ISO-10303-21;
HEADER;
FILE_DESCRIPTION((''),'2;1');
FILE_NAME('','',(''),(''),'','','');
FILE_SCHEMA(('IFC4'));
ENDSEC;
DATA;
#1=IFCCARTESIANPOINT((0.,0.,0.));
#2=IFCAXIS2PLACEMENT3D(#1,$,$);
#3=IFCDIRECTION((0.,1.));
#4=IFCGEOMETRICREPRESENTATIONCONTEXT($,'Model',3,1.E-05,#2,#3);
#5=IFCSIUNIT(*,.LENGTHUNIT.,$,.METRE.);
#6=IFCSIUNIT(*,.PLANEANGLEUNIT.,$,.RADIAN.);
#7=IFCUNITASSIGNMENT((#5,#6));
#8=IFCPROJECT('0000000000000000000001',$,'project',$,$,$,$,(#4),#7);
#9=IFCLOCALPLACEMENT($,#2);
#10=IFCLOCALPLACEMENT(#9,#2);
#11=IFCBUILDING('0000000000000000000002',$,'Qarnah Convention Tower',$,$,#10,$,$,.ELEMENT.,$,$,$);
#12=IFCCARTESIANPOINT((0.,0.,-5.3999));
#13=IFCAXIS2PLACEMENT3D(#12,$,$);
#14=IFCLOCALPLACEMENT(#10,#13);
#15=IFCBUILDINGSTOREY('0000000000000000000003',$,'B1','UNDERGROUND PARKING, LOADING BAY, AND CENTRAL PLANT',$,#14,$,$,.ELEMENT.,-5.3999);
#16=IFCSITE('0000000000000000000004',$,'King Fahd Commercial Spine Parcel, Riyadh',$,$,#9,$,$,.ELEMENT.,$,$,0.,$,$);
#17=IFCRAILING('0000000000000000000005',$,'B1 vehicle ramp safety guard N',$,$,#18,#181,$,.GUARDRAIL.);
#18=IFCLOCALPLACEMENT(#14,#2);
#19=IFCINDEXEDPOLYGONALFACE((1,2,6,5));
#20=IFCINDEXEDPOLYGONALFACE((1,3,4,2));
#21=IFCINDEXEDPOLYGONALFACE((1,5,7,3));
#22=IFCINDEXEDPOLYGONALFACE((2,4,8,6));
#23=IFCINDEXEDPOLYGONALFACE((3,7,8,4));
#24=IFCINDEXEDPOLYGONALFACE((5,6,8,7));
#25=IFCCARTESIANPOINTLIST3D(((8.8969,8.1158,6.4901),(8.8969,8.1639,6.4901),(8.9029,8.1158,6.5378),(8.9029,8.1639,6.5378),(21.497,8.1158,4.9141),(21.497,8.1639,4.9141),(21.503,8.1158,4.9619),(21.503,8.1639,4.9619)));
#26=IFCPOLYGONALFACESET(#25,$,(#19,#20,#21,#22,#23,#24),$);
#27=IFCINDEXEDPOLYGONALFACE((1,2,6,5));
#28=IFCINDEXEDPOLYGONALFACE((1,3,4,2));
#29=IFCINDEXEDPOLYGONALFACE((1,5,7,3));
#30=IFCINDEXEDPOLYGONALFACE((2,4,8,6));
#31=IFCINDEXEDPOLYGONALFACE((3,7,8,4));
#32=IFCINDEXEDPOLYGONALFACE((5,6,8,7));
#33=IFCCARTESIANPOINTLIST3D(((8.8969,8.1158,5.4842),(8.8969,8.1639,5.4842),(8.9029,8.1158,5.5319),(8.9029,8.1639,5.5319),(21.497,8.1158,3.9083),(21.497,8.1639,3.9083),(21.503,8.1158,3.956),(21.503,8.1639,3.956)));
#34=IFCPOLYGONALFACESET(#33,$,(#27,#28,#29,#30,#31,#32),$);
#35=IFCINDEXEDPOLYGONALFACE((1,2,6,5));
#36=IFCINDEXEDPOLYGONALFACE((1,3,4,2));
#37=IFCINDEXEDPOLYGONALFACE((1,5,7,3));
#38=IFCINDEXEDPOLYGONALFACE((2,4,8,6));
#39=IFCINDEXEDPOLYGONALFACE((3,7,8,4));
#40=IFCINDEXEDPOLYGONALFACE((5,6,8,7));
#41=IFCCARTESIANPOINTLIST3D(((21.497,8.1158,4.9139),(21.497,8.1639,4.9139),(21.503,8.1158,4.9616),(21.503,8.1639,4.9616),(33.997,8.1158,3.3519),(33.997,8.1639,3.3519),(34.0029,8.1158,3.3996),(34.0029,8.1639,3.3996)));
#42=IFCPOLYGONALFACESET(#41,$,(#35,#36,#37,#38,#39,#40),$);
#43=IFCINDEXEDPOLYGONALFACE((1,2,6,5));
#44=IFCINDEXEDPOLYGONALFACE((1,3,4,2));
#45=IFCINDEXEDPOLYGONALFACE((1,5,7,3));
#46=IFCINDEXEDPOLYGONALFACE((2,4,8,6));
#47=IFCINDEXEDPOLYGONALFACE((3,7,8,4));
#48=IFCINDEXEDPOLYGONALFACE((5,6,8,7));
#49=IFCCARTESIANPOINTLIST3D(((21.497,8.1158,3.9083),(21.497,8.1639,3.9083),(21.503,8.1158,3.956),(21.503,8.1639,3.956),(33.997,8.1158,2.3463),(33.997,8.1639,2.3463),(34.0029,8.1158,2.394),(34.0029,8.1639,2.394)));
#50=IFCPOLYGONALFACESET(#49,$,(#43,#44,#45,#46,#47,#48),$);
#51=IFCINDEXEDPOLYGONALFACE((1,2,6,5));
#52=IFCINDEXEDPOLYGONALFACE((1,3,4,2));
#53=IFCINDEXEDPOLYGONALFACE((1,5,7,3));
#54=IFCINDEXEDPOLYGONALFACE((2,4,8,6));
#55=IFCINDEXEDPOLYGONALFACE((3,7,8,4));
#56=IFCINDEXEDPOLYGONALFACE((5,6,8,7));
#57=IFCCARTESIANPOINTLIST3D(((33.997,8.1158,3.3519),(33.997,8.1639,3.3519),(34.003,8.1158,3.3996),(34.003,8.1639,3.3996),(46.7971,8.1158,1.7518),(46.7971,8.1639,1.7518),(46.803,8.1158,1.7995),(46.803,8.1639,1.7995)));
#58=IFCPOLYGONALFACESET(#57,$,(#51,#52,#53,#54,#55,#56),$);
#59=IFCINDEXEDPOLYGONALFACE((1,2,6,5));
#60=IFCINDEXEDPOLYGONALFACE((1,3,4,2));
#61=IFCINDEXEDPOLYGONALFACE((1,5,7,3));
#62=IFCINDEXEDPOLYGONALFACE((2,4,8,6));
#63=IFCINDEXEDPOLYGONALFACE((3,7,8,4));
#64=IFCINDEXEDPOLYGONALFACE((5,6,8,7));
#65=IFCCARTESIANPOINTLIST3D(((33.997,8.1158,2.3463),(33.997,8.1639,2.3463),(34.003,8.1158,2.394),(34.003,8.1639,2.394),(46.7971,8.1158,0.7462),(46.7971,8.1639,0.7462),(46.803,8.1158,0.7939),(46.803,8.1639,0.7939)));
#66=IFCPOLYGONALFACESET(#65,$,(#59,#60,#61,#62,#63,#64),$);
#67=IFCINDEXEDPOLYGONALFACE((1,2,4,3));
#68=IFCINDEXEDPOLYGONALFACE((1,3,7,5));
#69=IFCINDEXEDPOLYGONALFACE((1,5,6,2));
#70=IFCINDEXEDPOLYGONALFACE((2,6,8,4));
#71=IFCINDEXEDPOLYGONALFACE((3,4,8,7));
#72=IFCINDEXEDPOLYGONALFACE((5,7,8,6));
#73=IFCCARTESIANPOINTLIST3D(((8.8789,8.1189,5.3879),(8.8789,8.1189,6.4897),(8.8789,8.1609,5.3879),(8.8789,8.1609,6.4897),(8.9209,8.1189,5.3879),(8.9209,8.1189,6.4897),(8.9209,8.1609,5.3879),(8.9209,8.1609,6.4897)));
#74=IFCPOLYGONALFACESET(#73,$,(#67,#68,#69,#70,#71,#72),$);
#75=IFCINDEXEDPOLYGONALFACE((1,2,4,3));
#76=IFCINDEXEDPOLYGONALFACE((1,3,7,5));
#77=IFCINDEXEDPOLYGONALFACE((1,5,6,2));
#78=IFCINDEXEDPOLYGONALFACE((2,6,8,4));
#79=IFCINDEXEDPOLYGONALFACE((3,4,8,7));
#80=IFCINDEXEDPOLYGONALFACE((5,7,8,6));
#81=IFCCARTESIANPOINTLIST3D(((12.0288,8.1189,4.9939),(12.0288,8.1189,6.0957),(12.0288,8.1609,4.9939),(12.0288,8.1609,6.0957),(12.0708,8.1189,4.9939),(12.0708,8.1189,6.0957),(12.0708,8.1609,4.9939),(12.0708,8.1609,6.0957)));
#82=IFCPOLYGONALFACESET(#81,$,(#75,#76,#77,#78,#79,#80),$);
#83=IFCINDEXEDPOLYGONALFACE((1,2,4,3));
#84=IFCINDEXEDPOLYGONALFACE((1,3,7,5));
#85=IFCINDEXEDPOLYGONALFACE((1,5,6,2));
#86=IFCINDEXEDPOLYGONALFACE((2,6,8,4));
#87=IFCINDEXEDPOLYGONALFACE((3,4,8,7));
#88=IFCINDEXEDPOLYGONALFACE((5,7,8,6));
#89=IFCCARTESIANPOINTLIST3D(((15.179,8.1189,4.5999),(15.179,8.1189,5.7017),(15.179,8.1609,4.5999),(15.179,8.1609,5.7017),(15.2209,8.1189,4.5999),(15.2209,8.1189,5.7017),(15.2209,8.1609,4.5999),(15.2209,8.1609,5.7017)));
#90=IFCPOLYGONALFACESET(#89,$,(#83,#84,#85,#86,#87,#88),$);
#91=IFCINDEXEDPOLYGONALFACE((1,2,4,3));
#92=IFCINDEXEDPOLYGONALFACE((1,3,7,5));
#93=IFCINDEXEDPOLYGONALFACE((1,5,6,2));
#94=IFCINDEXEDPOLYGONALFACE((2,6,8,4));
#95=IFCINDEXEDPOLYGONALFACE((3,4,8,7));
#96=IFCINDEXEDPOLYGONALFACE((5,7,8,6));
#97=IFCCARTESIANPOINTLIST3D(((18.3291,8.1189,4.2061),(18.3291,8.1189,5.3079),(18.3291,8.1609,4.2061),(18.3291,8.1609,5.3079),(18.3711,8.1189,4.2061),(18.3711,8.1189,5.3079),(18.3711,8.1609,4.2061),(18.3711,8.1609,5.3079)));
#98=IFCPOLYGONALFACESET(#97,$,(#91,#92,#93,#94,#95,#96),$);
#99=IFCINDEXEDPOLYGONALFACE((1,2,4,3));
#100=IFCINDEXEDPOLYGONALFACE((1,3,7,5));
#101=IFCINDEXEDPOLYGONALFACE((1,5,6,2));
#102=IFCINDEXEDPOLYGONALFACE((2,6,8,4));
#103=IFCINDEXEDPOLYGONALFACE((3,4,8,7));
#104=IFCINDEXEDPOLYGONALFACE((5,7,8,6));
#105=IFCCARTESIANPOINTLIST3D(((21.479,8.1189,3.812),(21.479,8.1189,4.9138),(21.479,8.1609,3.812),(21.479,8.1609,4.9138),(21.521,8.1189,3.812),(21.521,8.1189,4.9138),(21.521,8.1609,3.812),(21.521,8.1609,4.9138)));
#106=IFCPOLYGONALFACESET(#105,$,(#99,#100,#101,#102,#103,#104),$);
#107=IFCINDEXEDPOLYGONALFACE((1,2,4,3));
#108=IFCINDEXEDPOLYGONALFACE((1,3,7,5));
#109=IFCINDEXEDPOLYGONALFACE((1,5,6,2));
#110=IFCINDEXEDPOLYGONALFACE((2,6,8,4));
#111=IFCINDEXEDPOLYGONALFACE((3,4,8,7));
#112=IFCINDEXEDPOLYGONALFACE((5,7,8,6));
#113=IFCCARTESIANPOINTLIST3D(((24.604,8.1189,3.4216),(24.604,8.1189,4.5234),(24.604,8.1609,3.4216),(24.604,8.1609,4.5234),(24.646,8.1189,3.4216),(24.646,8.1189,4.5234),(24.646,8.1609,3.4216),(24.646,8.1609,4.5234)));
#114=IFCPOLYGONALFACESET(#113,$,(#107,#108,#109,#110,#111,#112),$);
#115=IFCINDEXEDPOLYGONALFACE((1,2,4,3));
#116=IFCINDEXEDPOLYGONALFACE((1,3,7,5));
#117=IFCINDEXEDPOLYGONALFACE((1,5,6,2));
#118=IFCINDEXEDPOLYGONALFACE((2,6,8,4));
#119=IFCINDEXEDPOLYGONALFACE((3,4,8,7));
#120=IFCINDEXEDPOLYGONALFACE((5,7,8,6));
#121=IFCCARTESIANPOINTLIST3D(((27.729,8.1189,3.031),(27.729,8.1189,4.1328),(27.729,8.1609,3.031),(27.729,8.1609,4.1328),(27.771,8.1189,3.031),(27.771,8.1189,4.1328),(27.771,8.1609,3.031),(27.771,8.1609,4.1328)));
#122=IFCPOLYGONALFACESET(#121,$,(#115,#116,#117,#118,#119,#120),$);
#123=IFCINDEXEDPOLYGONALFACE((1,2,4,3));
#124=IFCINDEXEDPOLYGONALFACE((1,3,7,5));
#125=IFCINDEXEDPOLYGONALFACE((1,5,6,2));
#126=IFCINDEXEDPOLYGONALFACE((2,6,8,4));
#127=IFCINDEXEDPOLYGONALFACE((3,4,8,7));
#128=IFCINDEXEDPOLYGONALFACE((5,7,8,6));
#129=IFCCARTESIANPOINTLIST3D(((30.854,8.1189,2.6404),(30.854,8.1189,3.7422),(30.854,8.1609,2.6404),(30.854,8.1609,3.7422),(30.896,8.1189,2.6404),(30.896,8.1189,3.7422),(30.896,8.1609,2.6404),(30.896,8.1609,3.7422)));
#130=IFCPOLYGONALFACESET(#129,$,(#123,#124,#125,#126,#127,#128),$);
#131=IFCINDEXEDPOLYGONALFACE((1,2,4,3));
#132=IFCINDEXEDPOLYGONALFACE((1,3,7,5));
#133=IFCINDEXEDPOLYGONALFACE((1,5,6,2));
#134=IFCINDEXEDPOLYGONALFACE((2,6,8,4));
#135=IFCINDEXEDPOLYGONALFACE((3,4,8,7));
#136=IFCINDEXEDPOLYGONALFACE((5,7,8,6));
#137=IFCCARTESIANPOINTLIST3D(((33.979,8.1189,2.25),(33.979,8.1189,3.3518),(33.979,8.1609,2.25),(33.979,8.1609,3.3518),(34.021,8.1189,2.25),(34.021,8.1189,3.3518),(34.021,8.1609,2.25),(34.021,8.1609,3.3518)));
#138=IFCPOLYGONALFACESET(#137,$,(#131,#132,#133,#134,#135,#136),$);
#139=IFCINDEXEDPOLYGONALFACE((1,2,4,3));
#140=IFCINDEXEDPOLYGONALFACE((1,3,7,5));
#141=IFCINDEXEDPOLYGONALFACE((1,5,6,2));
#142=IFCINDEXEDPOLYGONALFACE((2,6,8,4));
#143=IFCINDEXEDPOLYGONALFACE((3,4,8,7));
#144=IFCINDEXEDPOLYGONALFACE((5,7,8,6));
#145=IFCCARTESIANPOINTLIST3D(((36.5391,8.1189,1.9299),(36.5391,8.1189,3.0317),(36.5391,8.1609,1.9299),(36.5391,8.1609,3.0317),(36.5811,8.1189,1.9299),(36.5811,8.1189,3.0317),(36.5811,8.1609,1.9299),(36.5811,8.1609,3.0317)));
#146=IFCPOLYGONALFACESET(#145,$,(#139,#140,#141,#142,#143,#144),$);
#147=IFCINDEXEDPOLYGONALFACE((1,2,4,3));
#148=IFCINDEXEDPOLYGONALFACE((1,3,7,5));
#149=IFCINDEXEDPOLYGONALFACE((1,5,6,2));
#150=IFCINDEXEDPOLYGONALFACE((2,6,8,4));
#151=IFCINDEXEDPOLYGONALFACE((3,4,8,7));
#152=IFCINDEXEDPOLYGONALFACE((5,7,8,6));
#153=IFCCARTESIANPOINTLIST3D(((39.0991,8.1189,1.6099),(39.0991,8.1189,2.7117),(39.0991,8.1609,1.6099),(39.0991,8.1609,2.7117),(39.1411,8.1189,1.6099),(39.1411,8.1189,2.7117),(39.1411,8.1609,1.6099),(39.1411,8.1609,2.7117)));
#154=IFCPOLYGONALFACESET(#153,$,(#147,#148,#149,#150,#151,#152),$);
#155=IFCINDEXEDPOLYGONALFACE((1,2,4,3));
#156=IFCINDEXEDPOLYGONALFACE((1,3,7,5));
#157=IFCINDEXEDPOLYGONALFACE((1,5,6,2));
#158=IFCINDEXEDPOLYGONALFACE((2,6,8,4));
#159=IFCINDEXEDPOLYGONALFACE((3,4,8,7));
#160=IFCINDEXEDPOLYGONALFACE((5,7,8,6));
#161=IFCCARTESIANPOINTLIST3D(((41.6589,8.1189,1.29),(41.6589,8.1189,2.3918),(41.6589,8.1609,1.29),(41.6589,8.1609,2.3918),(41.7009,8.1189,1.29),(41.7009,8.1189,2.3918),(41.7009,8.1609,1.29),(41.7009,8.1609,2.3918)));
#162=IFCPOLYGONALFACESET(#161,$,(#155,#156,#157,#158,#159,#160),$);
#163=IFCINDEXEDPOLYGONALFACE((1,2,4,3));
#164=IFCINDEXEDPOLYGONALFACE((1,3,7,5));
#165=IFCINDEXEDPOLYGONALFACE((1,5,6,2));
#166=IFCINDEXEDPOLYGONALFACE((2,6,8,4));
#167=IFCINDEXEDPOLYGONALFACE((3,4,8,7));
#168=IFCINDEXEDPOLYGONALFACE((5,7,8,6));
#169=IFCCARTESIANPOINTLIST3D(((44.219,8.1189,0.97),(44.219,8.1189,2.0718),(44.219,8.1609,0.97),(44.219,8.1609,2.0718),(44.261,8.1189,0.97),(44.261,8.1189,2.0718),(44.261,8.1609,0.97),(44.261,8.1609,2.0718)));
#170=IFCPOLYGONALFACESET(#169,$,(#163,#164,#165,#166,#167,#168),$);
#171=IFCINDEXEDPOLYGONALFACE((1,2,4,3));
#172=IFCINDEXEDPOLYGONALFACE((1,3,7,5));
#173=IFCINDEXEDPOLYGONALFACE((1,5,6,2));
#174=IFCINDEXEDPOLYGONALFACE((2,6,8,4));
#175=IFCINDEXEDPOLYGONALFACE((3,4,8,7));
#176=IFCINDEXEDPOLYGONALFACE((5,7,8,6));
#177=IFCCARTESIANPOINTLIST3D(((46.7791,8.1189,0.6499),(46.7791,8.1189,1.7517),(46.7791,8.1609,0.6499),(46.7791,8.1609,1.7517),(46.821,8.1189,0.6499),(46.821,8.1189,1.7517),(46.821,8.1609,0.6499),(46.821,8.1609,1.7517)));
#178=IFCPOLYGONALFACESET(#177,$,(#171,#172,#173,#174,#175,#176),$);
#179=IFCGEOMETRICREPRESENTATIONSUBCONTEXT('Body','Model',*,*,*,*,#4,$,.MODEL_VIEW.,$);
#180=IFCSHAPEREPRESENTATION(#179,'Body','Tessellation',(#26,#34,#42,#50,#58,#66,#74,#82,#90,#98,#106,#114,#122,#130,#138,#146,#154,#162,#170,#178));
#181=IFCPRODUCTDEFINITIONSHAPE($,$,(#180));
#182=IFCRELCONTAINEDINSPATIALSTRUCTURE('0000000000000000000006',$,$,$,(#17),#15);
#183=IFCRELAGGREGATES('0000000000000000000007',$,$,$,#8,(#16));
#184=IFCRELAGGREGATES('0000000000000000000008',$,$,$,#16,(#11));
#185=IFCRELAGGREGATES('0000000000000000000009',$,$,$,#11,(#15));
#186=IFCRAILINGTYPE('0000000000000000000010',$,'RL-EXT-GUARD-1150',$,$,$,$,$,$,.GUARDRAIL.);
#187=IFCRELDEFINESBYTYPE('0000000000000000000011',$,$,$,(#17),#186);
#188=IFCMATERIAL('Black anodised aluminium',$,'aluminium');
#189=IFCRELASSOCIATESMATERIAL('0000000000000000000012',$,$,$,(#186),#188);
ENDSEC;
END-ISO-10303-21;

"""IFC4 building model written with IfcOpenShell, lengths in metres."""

from ifc_helpers import new_model, si_unit, direction, frame, origin, origin_2d, place, context, subcontext, project, spatial, rectangle, extrude, material, type_object, element, save


model = new_model("IFC4")

# Units and contexts
model_context = context("Model", 3, precision=1e-05, world=origin(), true_north=direction((0.0, 1.0)))
body_context = subcontext(model_context, "Body", "Model", "MODEL_VIEW")
ifc_project = project(units=[si_unit("LENGTHUNIT", "METRE"), si_unit("PLANEANGLEUNIT", "RADIAN")], contexts=[model_context])

# Site, building, storey
site_placement = place(None, origin())
site = spatial("IfcSite", under=ifc_project, at=site_placement, Name="King Fahd Commercial Spine Parcel, Riyadh", CompositionType="ELEMENT", RefElevation=0.0)
building_placement = place(site_placement, origin())
building = spatial("IfcBuilding", under=site, at=building_placement, Name="Qarnah Convention Tower", CompositionType="ELEMENT")
storey_placement = place(building_placement, frame((0.0, 0.0, -5.3999)))
storey = spatial("IfcBuildingStorey", under=building, at=storey_placement, Name="B1", Description="UNDERGROUND PARKING, LOADING BAY, AND CENTRAL PLANT", CompositionType="ELEMENT", Elevation=-5.3999)

# Railing
ifc_material_1 = material(Name="Black anodised aluminium", Category="aluminium")
railing_type = type_object("IfcRailingType", Name="RL-EXT-GUARD-1150", PredefinedType="GUARDRAIL", material=ifc_material_1)
railing_1_placement = place(storey_placement, frame((8.8999, 8.1399, 5.3879)))
element("IfcRailing", 1, at=railing_1_placement, inside=storey, type_object=railing_type, Name="B1 vehicle ramp safety guard N", PredefinedType="GUARDRAIL", context=body_context, shape_type="SweptSolid", body=[
    extrude(rectangle(XDim=0.0481, YDim=0.0481, at=origin_2d()), frame((0.0, 0.0, 1.126), z_axis=(0.992269, 0.0, -0.124106), x_axis=(0.0, 1.0, 0.0)), (0.0, 0.0, 1.0), 12.6982),
    extrude(rectangle(XDim=0.0481, YDim=0.0481, at=origin_2d()), frame((0.0, 0.0, 0.1201), z_axis=(0.992269, 0.0, -0.124106), x_axis=(0.0, 1.0, 0.0)), (0.0, 0.0, 1.0), 12.6982),
    extrude(rectangle(XDim=0.0481, YDim=0.0481, at=origin_2d()), frame((12.6001, 0.0, -0.4502), z_axis=(0.992283, 0.0, -0.123997), x_axis=(0.0, 1.0, 0.0)), (0.0, 0.0, 1.0), 12.5972),
    extrude(rectangle(XDim=0.0481, YDim=0.0481, at=origin_2d()), frame((12.6001, 0.0, -1.4558), z_axis=(0.992283, 0.0, -0.123997), x_axis=(0.0, 1.0, 0.0)), (0.0, 0.0, 1.0), 12.5972),
    extrude(rectangle(XDim=0.0481, YDim=0.0481, at=origin_2d()), frame((25.1001, 0.0, -2.0122), z_axis=(0.992277, 0.0, -0.124042), x_axis=(0.0, 1.0, 0.0)), (0.0, 0.0, 1.0), 12.8997),
    extrude(rectangle(XDim=0.0481, YDim=0.0481, at=origin_2d()), frame((25.1001, 0.0, -3.0178), z_axis=(0.992277, 0.0, -0.124042), x_axis=(0.0, 1.0, 0.0)), (0.0, 0.0, 1.0), 12.8997),
    extrude(rectangle(XDim=0.042, YDim=0.042, at=origin_2d()), origin(), (0.0, 0.0, 1.0), 1.1018),
    extrude(rectangle(XDim=0.042, YDim=0.042, at=origin_2d()), frame((3.1499, 0.0, -0.394)), (0.0, 0.0, 1.0), 1.1018),
    extrude(rectangle(XDim=0.042, YDim=0.042, at=origin_2d()), frame((6.3, 0.0, -0.7881)), (0.0, 0.0, 1.0), 1.1018),
    extrude(rectangle(XDim=0.042, YDim=0.042, at=origin_2d()), frame((9.4502, 0.0, -1.1819)), (0.0, 0.0, 1.0), 1.1018),
    extrude(rectangle(XDim=0.042, YDim=0.042, at=origin_2d()), frame((12.6001, 0.0, -1.5759)), (0.0, 0.0, 1.0), 1.1018),
    extrude(rectangle(XDim=0.042, YDim=0.042, at=origin_2d()), frame((15.7251, 0.0, -1.9663)), (0.0, 0.0, 1.0), 1.1018),
    extrude(rectangle(XDim=0.042, YDim=0.042, at=origin_2d()), frame((18.8501, 0.0, -2.3569)), (0.0, 0.0, 1.0), 1.1018),
    extrude(rectangle(XDim=0.042, YDim=0.042, at=origin_2d()), frame((21.9751, 0.0, -2.7476)), (0.0, 0.0, 1.0), 1.1018),
    extrude(rectangle(XDim=0.042, YDim=0.042, at=origin_2d()), frame((25.1001, 0.0, -3.1379)), (0.0, 0.0, 1.0), 1.1018),
    extrude(rectangle(XDim=0.042, YDim=0.042, at=origin_2d()), frame((27.6602, 0.0, -3.458)), (0.0, 0.0, 1.0), 1.1018),
    extrude(rectangle(XDim=0.042, YDim=0.042, at=origin_2d()), frame((30.2202, 0.0, -3.7781)), (0.0, 0.0, 1.0), 1.1018),
    extrude(rectangle(XDim=0.042, YDim=0.042, at=origin_2d()), frame((32.78, 0.0, -4.0979)), (0.0, 0.0, 1.0), 1.1018),
    extrude(rectangle(XDim=0.042, YDim=0.042, at=origin_2d()), frame((35.3401, 0.0, -4.418)), (0.0, 0.0, 1.0), 1.1018),
    extrude(rectangle(XDim=0.042, YDim=0.042, at=origin_2d()), frame((37.9001, 0.0, -4.738)), (0.0, 0.0, 1.0), 1.1018),
])

save(model, "model.ifc")
